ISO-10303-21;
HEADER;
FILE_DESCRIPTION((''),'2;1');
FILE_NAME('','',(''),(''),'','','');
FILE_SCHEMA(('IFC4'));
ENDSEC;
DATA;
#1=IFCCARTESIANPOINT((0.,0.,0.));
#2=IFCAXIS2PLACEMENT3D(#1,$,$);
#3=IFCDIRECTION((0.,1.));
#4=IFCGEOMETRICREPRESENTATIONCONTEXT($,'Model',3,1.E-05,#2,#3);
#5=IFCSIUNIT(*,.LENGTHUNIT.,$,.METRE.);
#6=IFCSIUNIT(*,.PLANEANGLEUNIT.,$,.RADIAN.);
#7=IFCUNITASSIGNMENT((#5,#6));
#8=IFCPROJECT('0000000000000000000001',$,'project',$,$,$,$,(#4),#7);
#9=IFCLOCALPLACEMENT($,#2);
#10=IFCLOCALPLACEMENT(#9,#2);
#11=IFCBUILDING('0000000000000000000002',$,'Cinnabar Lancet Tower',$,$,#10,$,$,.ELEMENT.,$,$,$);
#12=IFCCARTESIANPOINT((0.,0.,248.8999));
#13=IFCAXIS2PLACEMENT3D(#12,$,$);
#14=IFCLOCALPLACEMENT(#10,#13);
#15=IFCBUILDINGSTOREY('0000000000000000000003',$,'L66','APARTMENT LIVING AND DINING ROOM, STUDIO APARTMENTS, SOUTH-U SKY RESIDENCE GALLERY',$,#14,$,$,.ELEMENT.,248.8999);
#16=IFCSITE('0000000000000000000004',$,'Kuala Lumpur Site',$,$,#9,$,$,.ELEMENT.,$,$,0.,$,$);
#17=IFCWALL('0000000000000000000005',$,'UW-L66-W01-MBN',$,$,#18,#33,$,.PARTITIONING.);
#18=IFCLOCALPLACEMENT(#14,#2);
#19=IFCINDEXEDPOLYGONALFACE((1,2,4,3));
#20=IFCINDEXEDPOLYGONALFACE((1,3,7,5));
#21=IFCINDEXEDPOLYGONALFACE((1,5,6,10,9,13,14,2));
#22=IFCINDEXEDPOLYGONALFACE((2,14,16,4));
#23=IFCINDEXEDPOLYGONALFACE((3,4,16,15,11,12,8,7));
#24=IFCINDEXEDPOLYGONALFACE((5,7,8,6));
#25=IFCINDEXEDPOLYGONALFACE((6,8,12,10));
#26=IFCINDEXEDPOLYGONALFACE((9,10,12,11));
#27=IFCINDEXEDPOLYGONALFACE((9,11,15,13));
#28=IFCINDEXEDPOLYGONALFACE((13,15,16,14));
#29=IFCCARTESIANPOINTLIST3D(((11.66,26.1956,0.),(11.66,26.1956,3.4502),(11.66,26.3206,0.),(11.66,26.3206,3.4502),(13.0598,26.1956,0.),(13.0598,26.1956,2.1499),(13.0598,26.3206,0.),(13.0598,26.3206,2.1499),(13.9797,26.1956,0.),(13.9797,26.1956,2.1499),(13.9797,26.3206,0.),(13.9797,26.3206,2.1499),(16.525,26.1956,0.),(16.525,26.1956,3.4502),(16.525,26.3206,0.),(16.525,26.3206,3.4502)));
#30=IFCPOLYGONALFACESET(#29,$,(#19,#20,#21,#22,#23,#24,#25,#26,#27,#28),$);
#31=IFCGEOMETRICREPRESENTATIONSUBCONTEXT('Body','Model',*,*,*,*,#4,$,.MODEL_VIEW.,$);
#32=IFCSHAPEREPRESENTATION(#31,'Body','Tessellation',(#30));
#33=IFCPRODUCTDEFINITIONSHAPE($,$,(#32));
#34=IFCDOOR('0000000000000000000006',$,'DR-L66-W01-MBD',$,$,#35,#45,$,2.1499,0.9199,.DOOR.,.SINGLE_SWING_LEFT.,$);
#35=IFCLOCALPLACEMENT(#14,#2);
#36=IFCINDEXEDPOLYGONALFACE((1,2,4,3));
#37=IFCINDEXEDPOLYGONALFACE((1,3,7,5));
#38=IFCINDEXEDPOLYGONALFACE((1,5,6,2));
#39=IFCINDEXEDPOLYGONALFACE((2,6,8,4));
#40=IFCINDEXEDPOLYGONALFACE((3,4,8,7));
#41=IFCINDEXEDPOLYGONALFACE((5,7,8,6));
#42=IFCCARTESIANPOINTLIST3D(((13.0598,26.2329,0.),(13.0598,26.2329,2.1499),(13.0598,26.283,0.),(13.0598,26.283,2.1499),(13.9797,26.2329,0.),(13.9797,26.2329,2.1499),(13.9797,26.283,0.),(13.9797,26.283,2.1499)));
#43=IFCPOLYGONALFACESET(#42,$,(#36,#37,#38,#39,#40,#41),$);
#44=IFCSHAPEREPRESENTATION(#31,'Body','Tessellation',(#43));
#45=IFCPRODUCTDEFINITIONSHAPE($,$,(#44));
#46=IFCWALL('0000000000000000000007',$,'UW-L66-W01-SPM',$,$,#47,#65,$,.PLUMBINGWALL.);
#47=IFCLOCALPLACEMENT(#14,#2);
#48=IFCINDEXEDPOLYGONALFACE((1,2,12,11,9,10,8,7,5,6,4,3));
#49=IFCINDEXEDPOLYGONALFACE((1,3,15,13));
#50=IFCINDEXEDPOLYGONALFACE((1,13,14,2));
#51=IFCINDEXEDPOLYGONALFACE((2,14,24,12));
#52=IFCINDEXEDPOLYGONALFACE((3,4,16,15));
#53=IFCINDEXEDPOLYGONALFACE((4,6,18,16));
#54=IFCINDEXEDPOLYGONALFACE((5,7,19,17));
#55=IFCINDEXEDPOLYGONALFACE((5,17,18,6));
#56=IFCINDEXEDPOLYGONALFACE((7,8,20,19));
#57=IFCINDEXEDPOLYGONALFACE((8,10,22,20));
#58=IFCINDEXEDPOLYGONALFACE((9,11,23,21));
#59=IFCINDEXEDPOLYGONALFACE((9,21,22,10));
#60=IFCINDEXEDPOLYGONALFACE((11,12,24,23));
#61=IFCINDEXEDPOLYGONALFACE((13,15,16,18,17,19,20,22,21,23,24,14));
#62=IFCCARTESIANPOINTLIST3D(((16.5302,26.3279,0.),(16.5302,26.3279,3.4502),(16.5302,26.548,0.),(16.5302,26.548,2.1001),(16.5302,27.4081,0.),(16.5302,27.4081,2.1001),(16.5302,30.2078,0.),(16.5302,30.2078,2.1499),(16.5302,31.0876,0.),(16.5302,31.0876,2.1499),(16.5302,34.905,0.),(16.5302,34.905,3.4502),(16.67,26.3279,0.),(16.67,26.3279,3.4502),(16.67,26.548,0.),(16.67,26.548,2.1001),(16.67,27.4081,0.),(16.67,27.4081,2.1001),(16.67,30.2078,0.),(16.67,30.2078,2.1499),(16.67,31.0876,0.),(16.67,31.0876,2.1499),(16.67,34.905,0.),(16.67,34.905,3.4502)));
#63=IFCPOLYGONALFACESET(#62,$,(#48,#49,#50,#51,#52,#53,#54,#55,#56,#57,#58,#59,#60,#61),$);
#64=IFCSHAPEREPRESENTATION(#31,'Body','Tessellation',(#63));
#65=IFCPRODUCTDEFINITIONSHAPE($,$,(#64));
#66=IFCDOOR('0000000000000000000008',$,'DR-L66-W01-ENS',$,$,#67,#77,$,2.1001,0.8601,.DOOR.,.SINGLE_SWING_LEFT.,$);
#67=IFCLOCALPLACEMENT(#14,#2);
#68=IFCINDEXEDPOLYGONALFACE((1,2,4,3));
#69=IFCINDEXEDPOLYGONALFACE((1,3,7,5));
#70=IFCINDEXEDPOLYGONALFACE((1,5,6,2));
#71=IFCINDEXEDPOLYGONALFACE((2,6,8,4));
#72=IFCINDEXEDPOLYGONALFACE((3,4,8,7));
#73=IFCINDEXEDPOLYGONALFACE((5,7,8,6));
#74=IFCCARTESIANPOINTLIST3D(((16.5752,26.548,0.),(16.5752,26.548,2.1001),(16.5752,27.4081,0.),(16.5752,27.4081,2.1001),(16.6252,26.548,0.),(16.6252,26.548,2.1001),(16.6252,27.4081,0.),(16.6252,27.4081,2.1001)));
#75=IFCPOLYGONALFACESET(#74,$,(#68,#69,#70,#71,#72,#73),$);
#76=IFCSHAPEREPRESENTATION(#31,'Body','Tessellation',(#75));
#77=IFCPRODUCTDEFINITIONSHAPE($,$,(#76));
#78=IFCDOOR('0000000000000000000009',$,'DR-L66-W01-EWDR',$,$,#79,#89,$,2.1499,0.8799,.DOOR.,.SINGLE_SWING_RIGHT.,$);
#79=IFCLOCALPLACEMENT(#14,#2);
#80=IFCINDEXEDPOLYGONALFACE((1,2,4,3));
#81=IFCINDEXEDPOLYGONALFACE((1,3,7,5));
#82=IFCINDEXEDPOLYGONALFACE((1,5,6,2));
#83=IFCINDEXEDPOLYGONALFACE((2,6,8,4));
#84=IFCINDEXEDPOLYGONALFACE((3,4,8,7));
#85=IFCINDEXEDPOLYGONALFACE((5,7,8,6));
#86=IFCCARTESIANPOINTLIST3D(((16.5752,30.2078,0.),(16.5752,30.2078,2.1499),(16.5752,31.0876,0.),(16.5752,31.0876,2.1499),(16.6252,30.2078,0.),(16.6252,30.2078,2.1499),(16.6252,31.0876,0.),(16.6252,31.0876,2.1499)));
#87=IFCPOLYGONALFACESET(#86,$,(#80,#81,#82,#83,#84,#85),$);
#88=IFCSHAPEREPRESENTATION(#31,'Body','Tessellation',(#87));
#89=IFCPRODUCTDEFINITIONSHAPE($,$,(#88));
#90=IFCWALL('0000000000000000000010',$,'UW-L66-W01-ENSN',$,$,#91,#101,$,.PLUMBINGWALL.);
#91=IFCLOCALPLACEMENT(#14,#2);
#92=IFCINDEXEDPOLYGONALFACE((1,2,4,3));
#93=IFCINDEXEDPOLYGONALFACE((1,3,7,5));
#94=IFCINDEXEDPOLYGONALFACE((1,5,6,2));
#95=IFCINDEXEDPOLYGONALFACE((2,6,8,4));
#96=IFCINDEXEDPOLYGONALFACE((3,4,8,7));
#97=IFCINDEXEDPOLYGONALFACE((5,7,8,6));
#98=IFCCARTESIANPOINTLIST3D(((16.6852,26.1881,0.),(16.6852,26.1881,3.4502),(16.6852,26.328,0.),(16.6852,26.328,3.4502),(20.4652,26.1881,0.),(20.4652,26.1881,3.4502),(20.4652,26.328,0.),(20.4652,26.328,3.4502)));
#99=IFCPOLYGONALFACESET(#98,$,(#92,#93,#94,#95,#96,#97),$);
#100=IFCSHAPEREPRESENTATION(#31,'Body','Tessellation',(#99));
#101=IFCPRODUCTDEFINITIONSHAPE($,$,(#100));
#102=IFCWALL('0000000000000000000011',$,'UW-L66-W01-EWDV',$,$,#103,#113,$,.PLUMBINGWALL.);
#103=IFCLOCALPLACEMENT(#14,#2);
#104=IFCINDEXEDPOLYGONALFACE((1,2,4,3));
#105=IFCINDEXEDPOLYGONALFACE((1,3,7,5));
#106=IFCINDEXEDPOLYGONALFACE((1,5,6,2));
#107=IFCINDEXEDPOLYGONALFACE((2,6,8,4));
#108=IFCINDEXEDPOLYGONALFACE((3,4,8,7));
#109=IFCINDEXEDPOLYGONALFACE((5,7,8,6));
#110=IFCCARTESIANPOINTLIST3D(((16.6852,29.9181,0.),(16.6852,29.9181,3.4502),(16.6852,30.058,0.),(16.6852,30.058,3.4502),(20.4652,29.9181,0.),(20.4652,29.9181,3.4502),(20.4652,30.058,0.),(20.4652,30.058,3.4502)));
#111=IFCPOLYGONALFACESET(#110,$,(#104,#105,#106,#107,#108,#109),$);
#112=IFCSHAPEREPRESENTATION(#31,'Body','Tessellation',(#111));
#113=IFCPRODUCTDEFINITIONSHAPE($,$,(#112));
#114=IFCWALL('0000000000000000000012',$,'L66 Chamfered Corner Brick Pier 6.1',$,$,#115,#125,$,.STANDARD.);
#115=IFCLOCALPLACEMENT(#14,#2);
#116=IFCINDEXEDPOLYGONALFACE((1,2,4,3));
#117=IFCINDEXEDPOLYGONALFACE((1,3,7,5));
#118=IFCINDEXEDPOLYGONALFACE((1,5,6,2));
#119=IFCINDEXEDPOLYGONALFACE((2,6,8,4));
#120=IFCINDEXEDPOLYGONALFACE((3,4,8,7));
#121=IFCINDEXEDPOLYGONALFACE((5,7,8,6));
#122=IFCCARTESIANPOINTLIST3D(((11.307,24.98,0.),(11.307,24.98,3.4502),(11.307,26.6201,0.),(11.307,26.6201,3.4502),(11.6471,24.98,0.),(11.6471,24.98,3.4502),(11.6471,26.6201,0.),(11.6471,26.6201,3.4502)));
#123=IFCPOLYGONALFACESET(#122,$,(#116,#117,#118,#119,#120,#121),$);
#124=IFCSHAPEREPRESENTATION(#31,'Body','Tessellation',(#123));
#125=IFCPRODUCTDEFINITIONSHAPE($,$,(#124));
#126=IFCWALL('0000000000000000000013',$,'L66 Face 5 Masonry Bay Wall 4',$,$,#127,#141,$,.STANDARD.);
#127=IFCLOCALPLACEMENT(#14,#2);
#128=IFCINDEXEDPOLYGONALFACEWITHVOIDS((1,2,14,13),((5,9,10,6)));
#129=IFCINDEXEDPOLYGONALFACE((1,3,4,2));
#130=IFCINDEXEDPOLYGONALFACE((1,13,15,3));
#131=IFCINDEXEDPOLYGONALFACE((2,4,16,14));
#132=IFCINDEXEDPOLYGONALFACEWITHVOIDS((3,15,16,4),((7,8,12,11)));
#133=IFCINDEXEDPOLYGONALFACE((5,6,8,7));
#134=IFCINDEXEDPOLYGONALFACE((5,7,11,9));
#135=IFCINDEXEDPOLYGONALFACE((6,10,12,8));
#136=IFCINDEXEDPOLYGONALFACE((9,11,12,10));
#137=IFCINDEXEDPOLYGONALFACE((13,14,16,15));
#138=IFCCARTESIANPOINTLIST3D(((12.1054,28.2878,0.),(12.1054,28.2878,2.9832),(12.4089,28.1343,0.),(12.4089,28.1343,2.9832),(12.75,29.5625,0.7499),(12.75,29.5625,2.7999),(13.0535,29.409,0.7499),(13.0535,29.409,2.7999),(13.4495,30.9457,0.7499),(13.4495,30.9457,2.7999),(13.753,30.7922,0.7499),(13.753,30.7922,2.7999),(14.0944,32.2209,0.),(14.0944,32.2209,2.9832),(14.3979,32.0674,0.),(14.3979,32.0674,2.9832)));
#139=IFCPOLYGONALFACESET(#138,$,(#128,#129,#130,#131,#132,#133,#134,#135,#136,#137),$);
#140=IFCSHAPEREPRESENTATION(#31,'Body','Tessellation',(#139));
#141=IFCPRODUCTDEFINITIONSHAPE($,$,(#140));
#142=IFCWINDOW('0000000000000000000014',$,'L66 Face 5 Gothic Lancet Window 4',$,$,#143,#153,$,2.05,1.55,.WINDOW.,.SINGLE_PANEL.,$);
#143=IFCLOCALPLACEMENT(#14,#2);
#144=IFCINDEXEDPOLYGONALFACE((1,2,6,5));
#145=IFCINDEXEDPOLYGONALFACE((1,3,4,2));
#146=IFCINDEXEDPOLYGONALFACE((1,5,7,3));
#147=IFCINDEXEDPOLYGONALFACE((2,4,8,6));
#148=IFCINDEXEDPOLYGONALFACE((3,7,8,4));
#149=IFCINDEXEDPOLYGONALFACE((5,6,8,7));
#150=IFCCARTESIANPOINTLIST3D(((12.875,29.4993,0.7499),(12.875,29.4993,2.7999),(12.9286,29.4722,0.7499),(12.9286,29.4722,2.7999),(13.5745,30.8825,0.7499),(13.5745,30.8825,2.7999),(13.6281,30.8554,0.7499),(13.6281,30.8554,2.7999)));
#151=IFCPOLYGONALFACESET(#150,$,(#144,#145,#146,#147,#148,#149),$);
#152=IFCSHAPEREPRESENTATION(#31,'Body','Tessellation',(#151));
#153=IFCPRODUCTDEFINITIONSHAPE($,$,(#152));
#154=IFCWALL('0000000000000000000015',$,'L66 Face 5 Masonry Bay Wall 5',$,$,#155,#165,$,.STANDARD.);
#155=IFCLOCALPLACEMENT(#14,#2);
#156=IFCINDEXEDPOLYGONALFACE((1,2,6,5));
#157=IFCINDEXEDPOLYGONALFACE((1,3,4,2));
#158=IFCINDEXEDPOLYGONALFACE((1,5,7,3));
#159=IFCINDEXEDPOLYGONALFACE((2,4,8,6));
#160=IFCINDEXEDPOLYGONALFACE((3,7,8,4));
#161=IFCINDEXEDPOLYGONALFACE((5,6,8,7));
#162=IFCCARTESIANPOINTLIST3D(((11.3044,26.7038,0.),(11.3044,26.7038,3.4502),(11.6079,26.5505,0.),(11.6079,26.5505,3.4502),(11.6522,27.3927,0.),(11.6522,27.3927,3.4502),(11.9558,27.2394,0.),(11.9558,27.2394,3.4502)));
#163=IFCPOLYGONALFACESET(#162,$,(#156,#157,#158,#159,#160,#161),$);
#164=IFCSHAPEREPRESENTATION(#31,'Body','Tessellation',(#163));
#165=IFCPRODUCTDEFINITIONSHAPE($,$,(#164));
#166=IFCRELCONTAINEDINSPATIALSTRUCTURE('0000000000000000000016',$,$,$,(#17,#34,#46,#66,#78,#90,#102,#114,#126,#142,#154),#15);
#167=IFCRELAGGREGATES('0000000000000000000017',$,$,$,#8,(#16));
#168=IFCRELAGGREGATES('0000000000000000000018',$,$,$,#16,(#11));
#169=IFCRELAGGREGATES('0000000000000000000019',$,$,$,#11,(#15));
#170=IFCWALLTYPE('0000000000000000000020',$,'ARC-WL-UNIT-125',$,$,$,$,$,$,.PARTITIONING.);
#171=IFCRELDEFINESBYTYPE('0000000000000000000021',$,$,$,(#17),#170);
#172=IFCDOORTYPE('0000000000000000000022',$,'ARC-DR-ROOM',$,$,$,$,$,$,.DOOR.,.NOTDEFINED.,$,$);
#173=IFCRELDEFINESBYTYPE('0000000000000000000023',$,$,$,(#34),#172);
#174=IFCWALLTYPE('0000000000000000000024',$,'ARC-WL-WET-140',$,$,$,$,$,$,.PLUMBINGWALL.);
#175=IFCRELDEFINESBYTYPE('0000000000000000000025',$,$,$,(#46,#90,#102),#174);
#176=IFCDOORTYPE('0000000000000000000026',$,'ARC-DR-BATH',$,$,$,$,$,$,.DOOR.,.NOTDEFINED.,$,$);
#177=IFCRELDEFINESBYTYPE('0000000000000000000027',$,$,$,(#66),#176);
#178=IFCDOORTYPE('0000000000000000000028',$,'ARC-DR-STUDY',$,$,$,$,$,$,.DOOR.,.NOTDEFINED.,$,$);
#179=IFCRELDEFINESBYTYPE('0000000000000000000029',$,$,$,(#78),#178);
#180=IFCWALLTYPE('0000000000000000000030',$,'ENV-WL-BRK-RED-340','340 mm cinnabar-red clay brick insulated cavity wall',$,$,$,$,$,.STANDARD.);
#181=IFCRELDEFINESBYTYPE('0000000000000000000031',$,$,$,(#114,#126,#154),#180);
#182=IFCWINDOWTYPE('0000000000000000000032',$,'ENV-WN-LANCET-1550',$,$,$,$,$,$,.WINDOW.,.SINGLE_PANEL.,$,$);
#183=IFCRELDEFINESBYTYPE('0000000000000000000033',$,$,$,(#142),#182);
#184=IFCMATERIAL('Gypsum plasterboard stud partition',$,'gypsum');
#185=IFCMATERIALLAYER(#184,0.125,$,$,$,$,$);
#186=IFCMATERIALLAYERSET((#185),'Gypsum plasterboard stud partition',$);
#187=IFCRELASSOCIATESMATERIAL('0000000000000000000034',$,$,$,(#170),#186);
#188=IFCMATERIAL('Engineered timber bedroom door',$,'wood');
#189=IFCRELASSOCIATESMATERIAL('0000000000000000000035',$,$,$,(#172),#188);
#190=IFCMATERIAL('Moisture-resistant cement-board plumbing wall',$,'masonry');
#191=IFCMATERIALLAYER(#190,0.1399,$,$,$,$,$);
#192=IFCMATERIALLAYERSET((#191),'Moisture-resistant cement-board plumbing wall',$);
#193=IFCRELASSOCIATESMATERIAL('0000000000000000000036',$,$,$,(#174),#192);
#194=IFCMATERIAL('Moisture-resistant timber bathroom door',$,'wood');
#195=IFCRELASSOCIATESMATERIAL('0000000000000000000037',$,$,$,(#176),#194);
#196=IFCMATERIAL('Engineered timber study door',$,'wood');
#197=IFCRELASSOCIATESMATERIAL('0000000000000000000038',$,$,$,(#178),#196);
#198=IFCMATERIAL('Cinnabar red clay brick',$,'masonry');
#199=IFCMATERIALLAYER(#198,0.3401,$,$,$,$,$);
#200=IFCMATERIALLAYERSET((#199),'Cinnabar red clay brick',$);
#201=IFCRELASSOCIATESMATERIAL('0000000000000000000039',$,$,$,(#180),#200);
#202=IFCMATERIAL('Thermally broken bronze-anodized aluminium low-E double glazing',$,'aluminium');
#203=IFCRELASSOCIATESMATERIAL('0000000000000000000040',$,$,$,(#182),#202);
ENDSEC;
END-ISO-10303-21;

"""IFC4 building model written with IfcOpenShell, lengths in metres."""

from ifc_helpers import new_model, si_unit, direction, frame, frame_2d, origin, place, context, subcontext, project, spatial, rectangle, extrude, material, layer, layer_set, type_object, element, fill, save


model = new_model("IFC4")

# Units and contexts
model_context = context("Model", 3, precision=1e-05, world=origin(), true_north=direction((0.0, 1.0)))
body_context = subcontext(model_context, "Body", "Model", "MODEL_VIEW")
ifc_project = project(units=[si_unit("LENGTHUNIT", "METRE"), si_unit("PLANEANGLEUNIT", "RADIAN")], contexts=[model_context])

# Site, building, storey
site_placement = place(None, origin())
site = spatial("IfcSite", under=ifc_project, at=site_placement, Name="Kuala Lumpur Site", CompositionType="ELEMENT", RefElevation=0.0)
building_placement = place(site_placement, origin())
building = spatial("IfcBuilding", under=site, at=building_placement, Name="Cinnabar Lancet Tower", CompositionType="ELEMENT")
storey_placement = place(building_placement, frame((0.0, 0.0, 248.8999)))
storey = spatial("IfcBuildingStorey", under=building, at=storey_placement, Name="L66", Description="APARTMENT LIVING AND DINING ROOM, STUDIO APARTMENTS, SOUTH-U SKY RESIDENCE GALLERY", CompositionType="ELEMENT", Elevation=248.8999)

# Wall, opening, door
ifc_material_1 = material(Name="Gypsum plasterboard stud partition", Category="gypsum")
ifc_layer_1 = layer(ifc_material_1, 0.125)
ifc_layer_set_1 = layer_set([ifc_layer_1], Name="Gypsum plasterboard stud partition")
wall_type_1 = type_object("IfcWallType", Name="ARC-WL-UNIT-125", PredefinedType="PARTITIONING", material=ifc_layer_set_1)
wall_1_placement = place(storey_placement, frame((11.6599, 26.2581, 0.0), z_axis=(0.0, 0.0, 1.0), x_axis=(1.0, 0.0, 0.0)))
wall_1 = element("IfcWall", 1, at=wall_1_placement, inside=storey, type_object=wall_type_1, Name="UW-L66-W01-MBN", PredefinedType="PARTITIONING", context=body_context, shape_type="SweptSolid", body=[
    extrude(rectangle(XDim=4.865, YDim=0.125, at=frame_2d((2.4326, 0.0))), origin(), (0.0, 0.0, 1.0), 3.4502),
])
opening_1_placement = place(wall_1_placement, frame((1.3999, 0.0, 0.0)))
opening_1 = element("IfcOpeningElement", 2, at=opening_1_placement, cuts=wall_1, PredefinedType="OPENING", context=body_context, shape_type="SweptSolid", body=[
    extrude(rectangle(XDim=0.9199, YDim=2.1499, at=frame_2d((0.46, 1.075))), frame((0.0, 0.0725, 0.0), z_axis=(0.0, -1.0, 0.0), x_axis=(1.0, 0.0, 0.0)), (0.0, 0.0, 1.0), 0.145),
])
ifc_material_2 = material(Name="Engineered timber bedroom door", Category="wood")
door_type_1 = type_object("IfcDoorType", Name="ARC-DR-ROOM", OperationType="NOTDEFINED", PredefinedType="DOOR", material=ifc_material_2)
door_1_placement = place(opening_1_placement, origin())
door_1 = element("IfcDoor", 3, at=door_1_placement, inside=storey, type_object=door_type_1, Name="DR-L66-W01-MBD", OperationType="SINGLE_SWING_LEFT", OverallHeight=2.1499, OverallWidth=0.9199, PredefinedType="DOOR", context=body_context, shape_type="SweptSolid", body=[
    extrude(rectangle(XDim=0.9199, YDim=2.1499, at=frame_2d((0.46, 1.075))), frame((0.0, 0.0249, 0.0), z_axis=(0.0, -1.0, 0.0), x_axis=(1.0, 0.0, 0.0)), (0.0, 0.0, 1.0), 0.05),
])
fill(opening_1, door_1)

# Wall, openings, doors
ifc_material_3 = material(Name="Moisture-resistant cement-board plumbing wall", Category="masonry")
ifc_layer_2 = layer(ifc_material_3, 0.1399)
ifc_layer_set_2 = layer_set([ifc_layer_2], Name="Moisture-resistant cement-board plumbing wall")
wall_type_2 = type_object("IfcWallType", Name="ARC-WL-WET-140", PredefinedType="PLUMBINGWALL", material=ifc_layer_set_2)
wall_2_placement = place(storey_placement, frame((16.6001, 26.3279, 0.0), z_axis=(0.0, 0.0, 1.0), x_axis=(0.0, 1.0, 0.0)))
wall_2 = element("IfcWall", 4, at=wall_2_placement, inside=storey, type_object=wall_type_2, Name="UW-L66-W01-SPM", PredefinedType="PLUMBINGWALL", context=body_context, shape_type="SweptSolid", body=[
    extrude(rectangle(XDim=8.5771, YDim=0.1399, at=frame_2d((4.2886, 0.0))), origin(), (0.0, 0.0, 1.0), 3.4502),
])
opening_2_placement = place(wall_2_placement, frame((0.22, 0.0, 0.0)))
opening_2 = element("IfcOpeningElement", 5, at=opening_2_placement, cuts=wall_2, PredefinedType="OPENING", context=body_context, shape_type="SweptSolid", body=[
    extrude(rectangle(XDim=0.8601, YDim=2.1001, at=frame_2d((0.4302, 1.05))), frame((0.0, 0.0798, 0.0), z_axis=(0.0, -1.0, 0.0), x_axis=(1.0, 0.0, 0.0)), (0.0, 0.0, 1.0), 0.1599),
])
opening_3_placement = place(wall_2_placement, frame((3.8799, 0.0, 0.0)))
opening_3 = element("IfcOpeningElement", 6, at=opening_3_placement, cuts=wall_2, PredefinedType="OPENING", context=body_context, shape_type="SweptSolid", body=[
    extrude(rectangle(XDim=0.8799, YDim=2.1499, at=frame_2d((0.4399, 1.075))), frame((0.0, 0.0798, 0.0), z_axis=(0.0, -1.0, 0.0), x_axis=(1.0, 0.0, 0.0)), (0.0, 0.0, 1.0), 0.1599),
])
ifc_material_4 = material(Name="Moisture-resistant timber bathroom door", Category="wood")
door_type_2 = type_object("IfcDoorType", Name="ARC-DR-BATH", OperationType="NOTDEFINED", PredefinedType="DOOR", material=ifc_material_4)
door_2_placement = place(opening_2_placement, origin())
door_2 = element("IfcDoor", 7, at=door_2_placement, inside=storey, type_object=door_type_2, Name="DR-L66-W01-ENS", OperationType="SINGLE_SWING_LEFT", OverallHeight=2.1001, OverallWidth=0.8601, PredefinedType="DOOR", context=body_context, shape_type="SweptSolid", body=[
    extrude(rectangle(XDim=0.8601, YDim=2.1001, at=frame_2d((0.4302, 1.05))), frame((0.0, 0.0249, 0.0), z_axis=(0.0, -1.0, 0.0), x_axis=(1.0, 0.0, 0.0)), (0.0, 0.0, 1.0), 0.05),
])
fill(opening_2, door_2)
ifc_material_5 = material(Name="Engineered timber study door", Category="wood")
door_type_3 = type_object("IfcDoorType", Name="ARC-DR-STUDY", OperationType="NOTDEFINED", PredefinedType="DOOR", material=ifc_material_5)
door_3_placement = place(opening_3_placement, origin())
door_3 = element("IfcDoor", 8, at=door_3_placement, inside=storey, type_object=door_type_3, Name="DR-L66-W01-EWDR", OperationType="SINGLE_SWING_RIGHT", OverallHeight=2.1499, OverallWidth=0.8799, PredefinedType="DOOR", context=body_context, shape_type="SweptSolid", body=[
    extrude(rectangle(XDim=0.8799, YDim=2.1499, at=frame_2d((0.4399, 1.075))), frame((0.0, 0.0249, 0.0), z_axis=(0.0, -1.0, 0.0), x_axis=(1.0, 0.0, 0.0)), (0.0, 0.0, 1.0), 0.05),
])
fill(opening_3, door_3)

# Walls
for number, where, z_axis, x_axis, name in (
    (9, (16.6851, 26.2581, 0.0), (0.0, 0.0, 1.0), (1.0, 0.0, 0.0), "UW-L66-W01-ENSN"),
    (10, (16.6851, 29.988, 0.0), (0.0, 0.0, 1.0), (1.0, 0.0, 0.0), "UW-L66-W01-EWDV"),
):
    element("IfcWall", number, at=place(storey_placement, frame(where, z_axis=z_axis, x_axis=x_axis)), inside=storey, type_object=wall_type_2, Name=name, PredefinedType="PLUMBINGWALL", context=body_context, shape_type="SweptSolid", body=[
        extrude(rectangle(XDim=3.78, YDim=0.1399, at=frame_2d((1.8901, 0.0))), origin(), (0.0, 0.0, 1.0), 3.4502),
    ])
ifc_material_6 = material(Name="Cinnabar red clay brick", Category="masonry")
ifc_layer_3 = layer(ifc_material_6, 0.3401)
ifc_layer_set_3 = layer_set([ifc_layer_3], Name="Cinnabar red clay brick")
wall_type_3 = type_object("IfcWallType", Name="ENV-WL-BRK-RED-340", Description="340 mm cinnabar-red clay brick insulated cavity wall", PredefinedType="STANDARD", material=ifc_layer_set_3)
wall_3_placement = place(storey_placement, frame((11.4771, 26.6201, 0.0), z_axis=(0.0, 0.0, 1.0), x_axis=(0.0, -1.0, 0.0)))
element("IfcWall", 11, at=wall_3_placement, inside=storey, type_object=wall_type_3, Name="L66 Chamfered Corner Brick Pier 6.1", PredefinedType="STANDARD", context=body_context, shape_type="SweptSolid", body=[
    extrude(rectangle(XDim=1.6401, YDim=0.3401, at=frame_2d((0.8201, 0.0))), origin(), (0.0, 0.0, 1.0), 3.4502),
])

# Wall, opening, window
wall_4_placement = place(storey_placement, frame((14.2461, 32.144, 0.0), z_axis=(0.0, 0.0, 1.0), x_axis=(-0.451286, -0.892379, 0.0)))
wall_4 = element("IfcWall", 12, at=wall_4_placement, inside=storey, type_object=wall_type_3, Name="L66 Face 5 Masonry Bay Wall 4", PredefinedType="STANDARD", context=body_context, shape_type="SweptSolid", body=[
    extrude(rectangle(XDim=4.4075, YDim=0.3401, at=frame_2d((2.2036, 0.0))), origin(), (0.0, 0.0, 1.0), 2.9832),
])
opening_4_placement = place(wall_4_placement, frame((1.429, 0.0, 0.75)))
opening_4 = element("IfcOpeningElement", 13, at=opening_4_placement, cuts=wall_4, PredefinedType="OPENING", context=body_context, shape_type="SweptSolid", body=[
    extrude(rectangle(XDim=1.55, YDim=2.05, at=frame_2d((0.7749, 1.0249))), frame((0.0, 0.1799, 0.0), z_axis=(0.0, -1.0, 0.0), x_axis=(1.0, 0.0, 0.0)), (0.0, 0.0, 1.0), 0.3601),
])
ifc_material_7 = material(Name="Thermally broken bronze-anodized aluminium low-E double glazing", Category="aluminium")
window_type = type_object("IfcWindowType", Name="ENV-WN-LANCET-1550", PartitioningType="SINGLE_PANEL", PredefinedType="WINDOW", material=ifc_material_7)
window_placement = place(opening_4_placement, origin())
window = element("IfcWindow", 14, at=window_placement, inside=storey, type_object=window_type, Name="L66 Face 5 Gothic Lancet Window 4", OverallHeight=2.05, OverallWidth=1.55, PartitioningType="SINGLE_PANEL", PredefinedType="WINDOW", context=body_context, shape_type="SweptSolid", body=[
    extrude(rectangle(XDim=1.55, YDim=2.05, at=frame_2d((0.7749, 1.0249))), frame((0.0, 0.03, 0.0), z_axis=(0.0, -1.0, 0.0), x_axis=(1.0, 0.0, 0.0)), (0.0, 0.0, 1.0), 0.0601),
])
fill(opening_4, window)

# Wall
for number, where, z_axis, x_axis, name in (
    (15, (11.804, 27.3159, 0.0), (0.0, 0.0, 1.0), (-0.450753, -0.892649, 0.0), "L66 Face 5 Masonry Bay Wall 5"),
):
    element("IfcWall", number, at=place(storey_placement, frame(where, z_axis=z_axis, x_axis=x_axis)), inside=storey, type_object=wall_type_3, Name=name, PredefinedType="STANDARD", context=body_context, shape_type="SweptSolid", body=[
        extrude(rectangle(XDim=0.7717, YDim=0.3401, at=frame_2d((0.3857, 0.0))), origin(), (0.0, 0.0, 1.0), 3.4502),
    ])

save(model, "model.ifc")
